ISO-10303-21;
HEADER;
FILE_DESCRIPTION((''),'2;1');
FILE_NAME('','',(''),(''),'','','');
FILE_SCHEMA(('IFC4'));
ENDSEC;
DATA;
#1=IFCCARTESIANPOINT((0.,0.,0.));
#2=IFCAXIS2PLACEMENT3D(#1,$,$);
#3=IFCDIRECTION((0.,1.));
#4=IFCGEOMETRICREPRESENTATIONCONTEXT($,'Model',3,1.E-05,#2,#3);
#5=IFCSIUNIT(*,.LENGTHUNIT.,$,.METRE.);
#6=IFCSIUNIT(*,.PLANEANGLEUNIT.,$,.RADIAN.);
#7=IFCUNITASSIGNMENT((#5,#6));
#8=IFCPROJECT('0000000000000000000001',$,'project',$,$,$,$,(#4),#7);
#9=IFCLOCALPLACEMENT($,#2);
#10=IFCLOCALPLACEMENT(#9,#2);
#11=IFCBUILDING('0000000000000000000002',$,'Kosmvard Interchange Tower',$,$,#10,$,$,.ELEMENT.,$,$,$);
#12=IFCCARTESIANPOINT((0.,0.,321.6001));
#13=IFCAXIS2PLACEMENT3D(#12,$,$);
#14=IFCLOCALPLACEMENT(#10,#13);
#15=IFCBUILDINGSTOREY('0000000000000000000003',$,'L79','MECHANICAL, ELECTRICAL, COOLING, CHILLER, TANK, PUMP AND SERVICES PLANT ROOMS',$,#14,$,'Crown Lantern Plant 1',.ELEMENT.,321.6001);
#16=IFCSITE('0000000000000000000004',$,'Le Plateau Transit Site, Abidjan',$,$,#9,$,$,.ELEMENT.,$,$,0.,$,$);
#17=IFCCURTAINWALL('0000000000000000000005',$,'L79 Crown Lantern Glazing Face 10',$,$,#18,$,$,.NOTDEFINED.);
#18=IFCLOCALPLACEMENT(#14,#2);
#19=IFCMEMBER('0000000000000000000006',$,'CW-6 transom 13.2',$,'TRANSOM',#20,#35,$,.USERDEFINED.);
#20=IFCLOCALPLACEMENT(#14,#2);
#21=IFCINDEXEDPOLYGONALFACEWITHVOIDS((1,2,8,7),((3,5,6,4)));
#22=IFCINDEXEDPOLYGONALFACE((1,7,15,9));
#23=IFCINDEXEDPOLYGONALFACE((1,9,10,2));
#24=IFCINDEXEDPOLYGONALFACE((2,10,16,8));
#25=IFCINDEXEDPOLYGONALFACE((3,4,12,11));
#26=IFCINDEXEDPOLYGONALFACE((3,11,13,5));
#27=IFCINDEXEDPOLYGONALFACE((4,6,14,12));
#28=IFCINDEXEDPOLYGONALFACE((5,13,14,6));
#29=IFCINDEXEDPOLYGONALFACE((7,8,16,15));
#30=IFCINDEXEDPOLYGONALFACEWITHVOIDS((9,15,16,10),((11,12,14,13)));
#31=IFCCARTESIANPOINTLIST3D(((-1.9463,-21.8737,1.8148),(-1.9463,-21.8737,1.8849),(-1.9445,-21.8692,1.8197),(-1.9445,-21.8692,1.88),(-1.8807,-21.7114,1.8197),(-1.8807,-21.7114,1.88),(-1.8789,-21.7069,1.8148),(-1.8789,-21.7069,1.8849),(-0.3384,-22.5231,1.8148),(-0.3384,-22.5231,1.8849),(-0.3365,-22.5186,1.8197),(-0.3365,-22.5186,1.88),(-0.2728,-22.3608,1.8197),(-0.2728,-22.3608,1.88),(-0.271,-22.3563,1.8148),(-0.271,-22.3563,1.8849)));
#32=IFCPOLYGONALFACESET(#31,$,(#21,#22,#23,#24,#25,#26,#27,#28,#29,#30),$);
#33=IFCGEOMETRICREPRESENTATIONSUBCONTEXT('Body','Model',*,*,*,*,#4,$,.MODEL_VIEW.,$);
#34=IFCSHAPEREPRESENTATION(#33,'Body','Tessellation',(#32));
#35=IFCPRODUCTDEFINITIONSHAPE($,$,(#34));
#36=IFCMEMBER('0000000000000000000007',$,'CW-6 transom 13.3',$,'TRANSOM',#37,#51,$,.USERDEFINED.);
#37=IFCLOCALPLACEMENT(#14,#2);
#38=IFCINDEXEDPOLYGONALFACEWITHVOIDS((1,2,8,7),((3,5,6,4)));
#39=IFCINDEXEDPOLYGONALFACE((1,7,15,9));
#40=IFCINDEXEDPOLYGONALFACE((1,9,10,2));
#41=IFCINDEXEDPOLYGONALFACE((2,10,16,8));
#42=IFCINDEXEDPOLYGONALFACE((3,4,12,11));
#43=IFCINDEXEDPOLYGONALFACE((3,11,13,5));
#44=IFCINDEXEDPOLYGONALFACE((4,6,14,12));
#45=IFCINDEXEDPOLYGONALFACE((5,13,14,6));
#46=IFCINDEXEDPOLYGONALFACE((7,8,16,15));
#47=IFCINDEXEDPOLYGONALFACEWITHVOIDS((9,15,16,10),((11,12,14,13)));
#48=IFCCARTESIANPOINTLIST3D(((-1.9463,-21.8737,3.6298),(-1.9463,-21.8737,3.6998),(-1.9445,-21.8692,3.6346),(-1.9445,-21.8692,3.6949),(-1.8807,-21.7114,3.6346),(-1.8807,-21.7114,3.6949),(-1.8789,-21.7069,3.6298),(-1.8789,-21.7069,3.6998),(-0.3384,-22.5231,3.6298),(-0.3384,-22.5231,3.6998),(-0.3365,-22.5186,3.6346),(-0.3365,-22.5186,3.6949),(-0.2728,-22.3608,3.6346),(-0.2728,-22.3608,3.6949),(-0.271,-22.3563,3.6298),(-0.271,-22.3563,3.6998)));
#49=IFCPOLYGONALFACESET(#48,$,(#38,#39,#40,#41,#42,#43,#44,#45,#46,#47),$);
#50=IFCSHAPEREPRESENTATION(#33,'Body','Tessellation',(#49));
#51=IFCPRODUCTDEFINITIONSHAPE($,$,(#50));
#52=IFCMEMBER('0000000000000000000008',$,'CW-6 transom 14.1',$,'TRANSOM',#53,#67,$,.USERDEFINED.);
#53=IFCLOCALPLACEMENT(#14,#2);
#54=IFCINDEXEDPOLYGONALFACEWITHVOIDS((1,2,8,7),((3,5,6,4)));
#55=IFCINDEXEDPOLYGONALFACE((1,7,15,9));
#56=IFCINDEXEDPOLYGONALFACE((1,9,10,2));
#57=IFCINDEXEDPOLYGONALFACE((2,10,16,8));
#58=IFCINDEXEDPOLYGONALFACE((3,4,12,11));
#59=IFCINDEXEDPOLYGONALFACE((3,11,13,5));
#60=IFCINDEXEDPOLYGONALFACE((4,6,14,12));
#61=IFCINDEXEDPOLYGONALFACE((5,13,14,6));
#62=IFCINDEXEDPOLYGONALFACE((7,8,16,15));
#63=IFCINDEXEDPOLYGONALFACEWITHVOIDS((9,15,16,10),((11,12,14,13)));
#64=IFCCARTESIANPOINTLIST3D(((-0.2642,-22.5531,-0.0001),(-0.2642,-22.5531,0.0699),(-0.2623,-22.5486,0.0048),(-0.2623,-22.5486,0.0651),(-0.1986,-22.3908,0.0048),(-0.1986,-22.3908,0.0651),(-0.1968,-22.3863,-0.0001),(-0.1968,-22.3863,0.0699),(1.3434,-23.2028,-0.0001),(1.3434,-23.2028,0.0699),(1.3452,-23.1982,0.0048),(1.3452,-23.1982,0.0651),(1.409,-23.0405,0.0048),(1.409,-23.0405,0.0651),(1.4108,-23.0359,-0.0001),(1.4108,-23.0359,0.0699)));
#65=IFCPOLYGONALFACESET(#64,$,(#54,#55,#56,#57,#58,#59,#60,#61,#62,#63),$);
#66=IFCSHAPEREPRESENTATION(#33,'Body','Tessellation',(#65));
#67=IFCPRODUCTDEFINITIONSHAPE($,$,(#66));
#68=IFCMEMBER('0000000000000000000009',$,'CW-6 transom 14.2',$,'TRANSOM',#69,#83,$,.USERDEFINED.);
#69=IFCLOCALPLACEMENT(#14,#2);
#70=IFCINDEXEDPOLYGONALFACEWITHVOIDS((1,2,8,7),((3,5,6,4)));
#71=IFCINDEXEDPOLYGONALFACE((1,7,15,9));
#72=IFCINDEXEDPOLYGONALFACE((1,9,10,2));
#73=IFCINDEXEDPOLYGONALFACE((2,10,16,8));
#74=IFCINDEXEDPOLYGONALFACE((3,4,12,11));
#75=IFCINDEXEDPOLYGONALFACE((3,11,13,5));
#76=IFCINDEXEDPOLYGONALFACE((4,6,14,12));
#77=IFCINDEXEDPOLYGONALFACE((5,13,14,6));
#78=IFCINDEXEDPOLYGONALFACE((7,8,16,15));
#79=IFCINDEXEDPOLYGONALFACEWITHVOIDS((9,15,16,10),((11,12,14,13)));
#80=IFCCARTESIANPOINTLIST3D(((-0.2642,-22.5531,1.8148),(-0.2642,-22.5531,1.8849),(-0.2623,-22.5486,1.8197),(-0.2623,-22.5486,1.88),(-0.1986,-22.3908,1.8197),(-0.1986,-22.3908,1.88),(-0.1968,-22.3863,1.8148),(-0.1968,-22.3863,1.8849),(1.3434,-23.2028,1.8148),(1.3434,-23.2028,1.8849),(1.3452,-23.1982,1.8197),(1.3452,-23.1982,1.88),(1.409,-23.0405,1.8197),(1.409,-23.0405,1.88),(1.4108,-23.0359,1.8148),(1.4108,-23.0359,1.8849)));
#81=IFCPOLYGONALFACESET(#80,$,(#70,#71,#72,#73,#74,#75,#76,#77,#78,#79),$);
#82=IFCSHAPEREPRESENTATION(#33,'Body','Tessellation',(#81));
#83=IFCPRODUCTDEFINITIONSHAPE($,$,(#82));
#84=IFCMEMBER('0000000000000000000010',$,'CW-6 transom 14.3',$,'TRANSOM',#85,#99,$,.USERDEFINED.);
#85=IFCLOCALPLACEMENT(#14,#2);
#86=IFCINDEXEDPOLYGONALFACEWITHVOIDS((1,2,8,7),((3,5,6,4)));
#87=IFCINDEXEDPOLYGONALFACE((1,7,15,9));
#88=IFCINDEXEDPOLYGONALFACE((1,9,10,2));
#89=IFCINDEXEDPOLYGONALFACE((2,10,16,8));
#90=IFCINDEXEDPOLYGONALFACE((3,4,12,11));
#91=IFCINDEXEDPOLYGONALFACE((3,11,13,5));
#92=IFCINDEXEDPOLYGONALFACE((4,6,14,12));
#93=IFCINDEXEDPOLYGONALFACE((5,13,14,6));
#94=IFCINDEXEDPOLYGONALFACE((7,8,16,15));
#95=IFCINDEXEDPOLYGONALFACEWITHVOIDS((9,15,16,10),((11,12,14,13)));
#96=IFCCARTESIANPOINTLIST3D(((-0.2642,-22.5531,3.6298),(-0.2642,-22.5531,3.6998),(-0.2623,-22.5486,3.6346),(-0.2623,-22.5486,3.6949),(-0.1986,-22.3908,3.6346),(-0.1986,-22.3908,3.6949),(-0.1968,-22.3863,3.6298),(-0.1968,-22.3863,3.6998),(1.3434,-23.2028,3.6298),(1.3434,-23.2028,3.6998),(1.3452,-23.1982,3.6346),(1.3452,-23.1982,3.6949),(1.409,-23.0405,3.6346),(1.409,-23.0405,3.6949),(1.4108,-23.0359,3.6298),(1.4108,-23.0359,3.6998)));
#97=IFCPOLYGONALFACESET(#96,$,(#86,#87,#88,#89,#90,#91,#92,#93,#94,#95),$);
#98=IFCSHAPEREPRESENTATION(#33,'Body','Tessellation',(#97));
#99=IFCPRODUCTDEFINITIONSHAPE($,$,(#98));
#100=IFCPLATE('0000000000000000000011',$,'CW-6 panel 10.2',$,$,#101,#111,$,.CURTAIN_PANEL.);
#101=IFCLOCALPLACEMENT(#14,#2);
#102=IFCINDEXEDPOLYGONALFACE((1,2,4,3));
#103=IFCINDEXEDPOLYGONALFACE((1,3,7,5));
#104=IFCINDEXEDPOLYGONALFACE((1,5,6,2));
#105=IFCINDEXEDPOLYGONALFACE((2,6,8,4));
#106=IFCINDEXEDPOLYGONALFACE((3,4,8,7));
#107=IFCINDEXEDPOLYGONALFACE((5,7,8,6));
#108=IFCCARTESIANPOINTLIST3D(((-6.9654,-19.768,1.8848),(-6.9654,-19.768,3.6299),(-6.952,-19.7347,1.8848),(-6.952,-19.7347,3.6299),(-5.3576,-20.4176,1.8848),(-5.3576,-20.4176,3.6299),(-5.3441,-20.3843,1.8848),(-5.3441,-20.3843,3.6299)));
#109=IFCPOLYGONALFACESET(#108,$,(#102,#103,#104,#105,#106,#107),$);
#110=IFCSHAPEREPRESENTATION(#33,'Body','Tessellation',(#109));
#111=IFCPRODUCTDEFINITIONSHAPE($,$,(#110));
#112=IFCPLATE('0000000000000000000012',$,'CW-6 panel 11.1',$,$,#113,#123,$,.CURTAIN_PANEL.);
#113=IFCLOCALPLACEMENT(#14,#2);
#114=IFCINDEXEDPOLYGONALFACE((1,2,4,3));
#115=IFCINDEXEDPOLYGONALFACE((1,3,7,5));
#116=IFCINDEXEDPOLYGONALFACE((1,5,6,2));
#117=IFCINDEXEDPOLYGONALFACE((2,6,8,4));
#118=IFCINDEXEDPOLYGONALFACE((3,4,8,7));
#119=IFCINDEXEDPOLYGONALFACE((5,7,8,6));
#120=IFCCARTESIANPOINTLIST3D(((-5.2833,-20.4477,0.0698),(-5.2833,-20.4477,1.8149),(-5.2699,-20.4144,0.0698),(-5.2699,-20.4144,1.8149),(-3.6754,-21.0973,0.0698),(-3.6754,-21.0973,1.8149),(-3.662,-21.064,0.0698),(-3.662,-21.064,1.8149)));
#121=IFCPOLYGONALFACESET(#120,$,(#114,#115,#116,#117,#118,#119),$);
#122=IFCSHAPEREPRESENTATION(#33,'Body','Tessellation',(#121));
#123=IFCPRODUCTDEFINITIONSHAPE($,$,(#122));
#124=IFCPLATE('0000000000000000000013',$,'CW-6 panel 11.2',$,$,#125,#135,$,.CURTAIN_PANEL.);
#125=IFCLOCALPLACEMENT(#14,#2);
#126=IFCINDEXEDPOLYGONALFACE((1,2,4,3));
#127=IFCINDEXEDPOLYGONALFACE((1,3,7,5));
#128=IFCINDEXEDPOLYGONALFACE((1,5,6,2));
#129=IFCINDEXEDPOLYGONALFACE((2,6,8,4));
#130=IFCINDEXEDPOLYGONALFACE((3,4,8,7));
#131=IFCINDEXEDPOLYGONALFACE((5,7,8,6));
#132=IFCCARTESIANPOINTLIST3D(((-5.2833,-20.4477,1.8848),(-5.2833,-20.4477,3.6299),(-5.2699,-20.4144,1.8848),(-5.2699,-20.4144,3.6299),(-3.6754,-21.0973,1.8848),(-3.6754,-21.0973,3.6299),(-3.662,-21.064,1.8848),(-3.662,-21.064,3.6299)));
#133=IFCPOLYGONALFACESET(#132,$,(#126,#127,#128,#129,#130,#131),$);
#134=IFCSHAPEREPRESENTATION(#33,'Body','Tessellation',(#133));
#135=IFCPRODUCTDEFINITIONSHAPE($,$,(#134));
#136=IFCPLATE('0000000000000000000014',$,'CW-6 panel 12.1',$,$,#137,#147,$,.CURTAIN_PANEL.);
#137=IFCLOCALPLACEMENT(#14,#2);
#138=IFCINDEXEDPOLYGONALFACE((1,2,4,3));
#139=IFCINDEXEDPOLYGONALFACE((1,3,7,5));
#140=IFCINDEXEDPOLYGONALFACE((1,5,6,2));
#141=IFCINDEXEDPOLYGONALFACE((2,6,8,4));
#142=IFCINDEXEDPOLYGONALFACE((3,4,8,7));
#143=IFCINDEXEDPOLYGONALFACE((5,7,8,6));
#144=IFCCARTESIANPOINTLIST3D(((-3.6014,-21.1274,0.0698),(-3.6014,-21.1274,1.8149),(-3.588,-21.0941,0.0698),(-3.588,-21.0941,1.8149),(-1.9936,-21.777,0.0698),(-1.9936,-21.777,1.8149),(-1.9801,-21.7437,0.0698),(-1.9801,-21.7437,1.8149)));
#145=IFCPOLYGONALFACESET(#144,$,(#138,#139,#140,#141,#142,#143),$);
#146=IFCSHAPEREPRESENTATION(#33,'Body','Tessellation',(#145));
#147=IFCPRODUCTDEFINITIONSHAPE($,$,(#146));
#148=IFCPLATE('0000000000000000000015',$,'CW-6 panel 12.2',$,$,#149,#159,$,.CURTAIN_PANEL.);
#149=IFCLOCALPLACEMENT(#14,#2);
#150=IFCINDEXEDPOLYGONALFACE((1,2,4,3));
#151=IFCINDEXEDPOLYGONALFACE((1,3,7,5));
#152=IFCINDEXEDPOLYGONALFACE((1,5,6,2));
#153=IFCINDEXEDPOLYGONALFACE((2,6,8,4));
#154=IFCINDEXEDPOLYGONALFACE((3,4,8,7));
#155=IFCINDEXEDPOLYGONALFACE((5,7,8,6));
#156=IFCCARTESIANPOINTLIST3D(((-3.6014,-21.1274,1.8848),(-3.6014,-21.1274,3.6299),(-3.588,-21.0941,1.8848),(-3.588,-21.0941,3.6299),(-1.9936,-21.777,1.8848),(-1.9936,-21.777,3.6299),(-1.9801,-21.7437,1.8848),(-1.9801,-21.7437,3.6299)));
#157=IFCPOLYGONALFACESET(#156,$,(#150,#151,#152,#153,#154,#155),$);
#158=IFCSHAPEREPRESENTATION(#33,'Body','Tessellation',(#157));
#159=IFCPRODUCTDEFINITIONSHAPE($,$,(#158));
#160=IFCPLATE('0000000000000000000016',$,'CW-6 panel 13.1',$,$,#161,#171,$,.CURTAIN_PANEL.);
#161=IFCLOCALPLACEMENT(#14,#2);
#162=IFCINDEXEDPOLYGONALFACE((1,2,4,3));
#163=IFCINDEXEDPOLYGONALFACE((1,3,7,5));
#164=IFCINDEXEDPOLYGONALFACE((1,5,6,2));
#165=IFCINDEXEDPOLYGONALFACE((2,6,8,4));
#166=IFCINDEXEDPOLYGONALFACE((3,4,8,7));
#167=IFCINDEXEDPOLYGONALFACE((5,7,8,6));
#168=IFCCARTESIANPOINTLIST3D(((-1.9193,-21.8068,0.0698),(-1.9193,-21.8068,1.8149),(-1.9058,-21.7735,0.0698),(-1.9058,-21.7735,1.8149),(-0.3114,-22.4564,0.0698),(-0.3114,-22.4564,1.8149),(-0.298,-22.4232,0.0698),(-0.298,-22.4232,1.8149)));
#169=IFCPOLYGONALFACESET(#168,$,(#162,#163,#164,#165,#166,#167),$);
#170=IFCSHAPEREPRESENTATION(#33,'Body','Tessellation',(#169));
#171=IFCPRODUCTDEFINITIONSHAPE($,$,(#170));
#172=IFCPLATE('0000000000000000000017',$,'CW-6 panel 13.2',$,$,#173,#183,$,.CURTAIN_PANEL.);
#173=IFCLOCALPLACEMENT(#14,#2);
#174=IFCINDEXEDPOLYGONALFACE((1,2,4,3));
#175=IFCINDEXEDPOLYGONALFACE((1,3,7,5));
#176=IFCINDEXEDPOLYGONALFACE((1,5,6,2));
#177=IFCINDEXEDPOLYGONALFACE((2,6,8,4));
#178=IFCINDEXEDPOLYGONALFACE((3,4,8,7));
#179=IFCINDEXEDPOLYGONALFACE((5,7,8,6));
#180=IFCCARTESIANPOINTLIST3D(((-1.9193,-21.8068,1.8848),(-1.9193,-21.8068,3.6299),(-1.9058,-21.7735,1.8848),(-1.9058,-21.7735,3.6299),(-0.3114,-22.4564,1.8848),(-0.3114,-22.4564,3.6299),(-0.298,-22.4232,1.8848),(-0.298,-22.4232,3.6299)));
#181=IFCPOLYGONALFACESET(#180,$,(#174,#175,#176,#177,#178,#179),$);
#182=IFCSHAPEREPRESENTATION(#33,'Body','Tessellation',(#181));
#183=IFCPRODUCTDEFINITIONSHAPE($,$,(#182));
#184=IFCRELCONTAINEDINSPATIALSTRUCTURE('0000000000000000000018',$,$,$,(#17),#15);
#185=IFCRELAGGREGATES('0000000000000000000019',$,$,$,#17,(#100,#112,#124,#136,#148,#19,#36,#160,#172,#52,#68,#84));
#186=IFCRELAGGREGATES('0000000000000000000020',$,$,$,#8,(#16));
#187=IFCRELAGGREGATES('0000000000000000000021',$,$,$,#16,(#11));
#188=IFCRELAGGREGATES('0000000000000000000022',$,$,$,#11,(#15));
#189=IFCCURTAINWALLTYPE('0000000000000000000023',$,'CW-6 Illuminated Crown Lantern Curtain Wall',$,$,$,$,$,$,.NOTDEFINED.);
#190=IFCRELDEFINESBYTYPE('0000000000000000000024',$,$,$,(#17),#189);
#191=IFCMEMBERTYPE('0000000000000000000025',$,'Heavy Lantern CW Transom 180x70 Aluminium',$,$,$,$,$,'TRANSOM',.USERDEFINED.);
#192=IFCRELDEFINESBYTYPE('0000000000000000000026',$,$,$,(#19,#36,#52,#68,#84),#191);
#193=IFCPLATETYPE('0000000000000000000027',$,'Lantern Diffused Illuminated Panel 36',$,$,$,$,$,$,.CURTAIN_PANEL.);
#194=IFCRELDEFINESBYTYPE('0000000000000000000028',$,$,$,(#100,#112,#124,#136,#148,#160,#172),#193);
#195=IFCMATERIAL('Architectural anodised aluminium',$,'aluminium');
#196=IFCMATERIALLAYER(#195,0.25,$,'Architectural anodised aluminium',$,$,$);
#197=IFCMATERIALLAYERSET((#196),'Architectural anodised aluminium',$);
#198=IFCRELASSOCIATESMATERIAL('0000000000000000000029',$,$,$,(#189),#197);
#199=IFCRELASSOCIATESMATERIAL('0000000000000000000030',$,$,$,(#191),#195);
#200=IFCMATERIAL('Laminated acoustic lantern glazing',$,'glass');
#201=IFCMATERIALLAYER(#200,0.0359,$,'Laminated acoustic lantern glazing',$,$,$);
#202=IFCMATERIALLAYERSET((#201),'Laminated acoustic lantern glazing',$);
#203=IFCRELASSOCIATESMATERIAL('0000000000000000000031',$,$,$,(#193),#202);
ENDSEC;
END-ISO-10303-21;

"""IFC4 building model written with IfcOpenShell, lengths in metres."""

from ifc_helpers import new_model, si_unit, direction, frame, origin, origin_2d, place, context, subcontext, project, spatial, rectangle, hollow_rectangle, extrude, source, transform, mapped, material, layer, layer_set, material_profile, profile_set, type_object, element, aggregate, save


model = new_model("IFC4")

# Units and contexts
model_context = context("Model", 3, precision=1e-05, world=origin(), true_north=direction((0.0, 1.0)))
body_context = subcontext(model_context, "Body", "Model", "MODEL_VIEW")
ifc_project = project(units=[si_unit("LENGTHUNIT", "METRE"), si_unit("PLANEANGLEUNIT", "RADIAN")], contexts=[model_context])

# Site, building, storey
site_placement = place(None, origin())
site = spatial("IfcSite", under=ifc_project, at=site_placement, Name="Le Plateau Transit Site, Abidjan", CompositionType="ELEMENT", RefElevation=0.0)
building_placement = place(site_placement, origin())
building = spatial("IfcBuilding", under=site, at=building_placement, Name="Kosmvard Interchange Tower", CompositionType="ELEMENT")
storey_placement = place(building_placement, frame((0.0, 0.0, 321.6001)))
storey = spatial("IfcBuildingStorey", under=building, at=storey_placement, Name="L79", Description="MECHANICAL, ELECTRICAL, COOLING, CHILLER, TANK, PUMP AND SERVICES PLANT ROOMS", LongName="Crown Lantern Plant 1", CompositionType="ELEMENT", Elevation=321.6001)

# Curtain wall, members, plates
ifc_material_1 = material(Name="Architectural anodised aluminium", Category="aluminium")
ifc_layer_1 = layer(ifc_material_1, 0.25, Name="Architectural anodised aluminium")
ifc_layer_set_1 = layer_set([ifc_layer_1], Name="Architectural anodised aluminium")
curtain_wall_type = type_object("IfcCurtainWallType", Name="CW-6 Illuminated Crown Lantern Curtain Wall", PredefinedType="NOTDEFINED", material=ifc_layer_set_1)
curtain_wall_placement = place(storey_placement, origin())
curtain_wall = element("IfcCurtainWall", 1, at=curtain_wall_placement, inside=storey, type_object=curtain_wall_type, Name="L79 Crown Lantern Glazing Face 10", PredefinedType="NOTDEFINED")
ifc_material_profile_1 = material_profile(ifc_material_1, hollow_rectangle(XDim=0.1799, YDim=0.0701, WallThickness=0.0049, at=origin_2d()), Name="CWT 180x70x5")
ifc_profile_set_1 = profile_set([ifc_material_profile_1], Name="Architectural anodised aluminium")
member_type_1 = type_object("IfcMemberType", Name="Heavy Lantern CW Transom 180x70 Aluminium", ElementType="TRANSOM", PredefinedType="USERDEFINED", material=ifc_profile_set_1)
shared_shape_1 = source(origin(), body_context, "Body", "SweptSolid", [
    extrude(hollow_rectangle(XDim=0.1799, YDim=0.0701, WallThickness=0.0049, at=origin_2d()), origin(), (0.0, 0.0, 1.0), 1.7341),
])
member_1_placement = place(storey_placement, frame((-1.9126, -21.7903, 1.8499), z_axis=(0.927229, -0.374496, 0.0), x_axis=(0.374496, 0.927229, 0.0)))
member_1 = element("IfcMember", 2, at=member_1_placement, type_object=member_type_1, Name="CW-6 transom 13.2", ObjectType="TRANSOM", PredefinedType="USERDEFINED", context=body_context, shape_type="MappedRepresentation", body=[
    mapped(shared_shape_1, transform((0.0, 0.0, 0.0), scale=1.0)),
])
member_2_placement = place(storey_placement, frame((-1.9126, -21.7903, 3.6648), z_axis=(0.927229, -0.374496, 0.0), x_axis=(0.374496, 0.927229, 0.0)))
member_2 = element("IfcMember", 3, at=member_2_placement, type_object=member_type_1, Name="CW-6 transom 13.3", ObjectType="TRANSOM", PredefinedType="USERDEFINED", context=body_context, shape_type="MappedRepresentation", body=[
    mapped(shared_shape_1, transform((0.0, 0.0, 0.0), scale=1.0)),
])
shared_shape_2 = source(origin(), body_context, "Body", "SweptSolid", [
    extrude(hollow_rectangle(XDim=0.1799, YDim=0.0701, WallThickness=0.0049, at=origin_2d()), origin(), (0.0, 0.0, 1.0), 1.7339),
])
member_3_placement = place(storey_placement, frame((-0.2305, -22.4697, 0.0349), z_axis=(0.92716, -0.374666, 0.0), x_axis=(0.374666, 0.92716, 0.0)))
member_3 = element("IfcMember", 4, at=member_3_placement, type_object=member_type_1, Name="CW-6 transom 14.1", ObjectType="TRANSOM", PredefinedType="USERDEFINED", context=body_context, shape_type="MappedRepresentation", body=[
    mapped(shared_shape_2, transform((0.0, 0.0, 0.0), scale=1.0)),
])
member_4_placement = place(storey_placement, frame((-0.2305, -22.4697, 1.8499), z_axis=(0.92716, -0.374666, 0.0), x_axis=(0.374666, 0.92716, 0.0)))
member_4 = element("IfcMember", 5, at=member_4_placement, type_object=member_type_1, Name="CW-6 transom 14.2", ObjectType="TRANSOM", PredefinedType="USERDEFINED", context=body_context, shape_type="MappedRepresentation", body=[
    mapped(shared_shape_2, transform((0.0, 0.0, 0.0), scale=1.0)),
])
member_5_placement = place(storey_placement, frame((-0.2305, -22.4697, 3.6648), z_axis=(0.92716, -0.374666, 0.0), x_axis=(0.374666, 0.92716, 0.0)))
member_5 = element("IfcMember", 6, at=member_5_placement, type_object=member_type_1, Name="CW-6 transom 14.3", ObjectType="TRANSOM", PredefinedType="USERDEFINED", context=body_context, shape_type="MappedRepresentation", body=[
    mapped(shared_shape_2, transform((0.0, 0.0, 0.0), scale=1.0)),
])
ifc_material_2 = material(Name="Laminated acoustic lantern glazing", Category="glass")
ifc_layer_2 = layer(ifc_material_2, 0.0359, Name="Laminated acoustic lantern glazing")
ifc_layer_set_2 = layer_set([ifc_layer_2], Name="Laminated acoustic lantern glazing")
plate_type = type_object("IfcPlateType", Name="Lantern Diffused Illuminated Panel 36", PredefinedType="CURTAIN_PANEL", material=ifc_layer_set_2)
shared_shape_3 = source(origin(), body_context, "Body", "SweptSolid", [
    extrude(rectangle(XDim=1.7341, YDim=0.0359, at=origin_2d()), origin(), (0.0, 0.0, 1.0), 1.7451),
])
plate_1_placement = place(storey_placement, frame((-6.1548, -20.0762, 1.8848), z_axis=(0.0, 0.0, 1.0), x_axis=(0.927184, -0.374607, 0.0)))
plate_1 = element("IfcPlate", 7, at=plate_1_placement, type_object=plate_type, Name="CW-6 panel 10.2", PredefinedType="CURTAIN_PANEL", context=body_context, shape_type="MappedRepresentation", body=[
    mapped(shared_shape_3, transform((0.0, 0.0, 0.0), scale=1.0)),
])
plate_2_placement = place(storey_placement, frame((-4.4727, -20.7559, 0.0698), z_axis=(0.0, 0.0, 1.0), x_axis=(0.927184, -0.374607, 0.0)))
plate_2 = element("IfcPlate", 8, at=plate_2_placement, type_object=plate_type, Name="CW-6 panel 11.1", PredefinedType="CURTAIN_PANEL", context=body_context, shape_type="MappedRepresentation", body=[
    mapped(shared_shape_3, transform((0.0, 0.0, 0.0), scale=1.0)),
])
plate_3_placement = place(storey_placement, frame((-4.4727, -20.7559, 1.8848), z_axis=(0.0, 0.0, 1.0), x_axis=(0.927184, -0.374607, 0.0)))
plate_3 = element("IfcPlate", 9, at=plate_3_placement, type_object=plate_type, Name="CW-6 panel 11.2", PredefinedType="CURTAIN_PANEL", context=body_context, shape_type="MappedRepresentation", body=[
    mapped(shared_shape_3, transform((0.0, 0.0, 0.0), scale=1.0)),
])
plate_4_placement = place(storey_placement, frame((-2.7908, -21.4355, 0.0698), z_axis=(0.0, 0.0, 1.0), x_axis=(0.927184, -0.374607, 0.0)))
plate_4 = element("IfcPlate", 10, at=plate_4_placement, type_object=plate_type, Name="CW-6 panel 12.1", PredefinedType="CURTAIN_PANEL", context=body_context, shape_type="MappedRepresentation", body=[
    mapped(shared_shape_3, transform((0.0, 0.0, 0.0), scale=1.0)),
])
plate_5_placement = place(storey_placement, frame((-2.7908, -21.4355, 1.8848), z_axis=(0.0, 0.0, 1.0), x_axis=(0.927184, -0.374607, 0.0)))
plate_5 = element("IfcPlate", 11, at=plate_5_placement, type_object=plate_type, Name="CW-6 panel 12.2", PredefinedType="CURTAIN_PANEL", context=body_context, shape_type="MappedRepresentation", body=[
    mapped(shared_shape_3, transform((0.0, 0.0, 0.0), scale=1.0)),
])
plate_6_placement = place(storey_placement, frame((-1.1086, -22.115, 0.0698), z_axis=(0.0, 0.0, 1.0), x_axis=(0.927184, -0.374607, 0.0)))
plate_6 = element("IfcPlate", 12, at=plate_6_placement, type_object=plate_type, Name="CW-6 panel 13.1", PredefinedType="CURTAIN_PANEL", context=body_context, shape_type="MappedRepresentation", body=[
    mapped(shared_shape_3, transform((0.0, 0.0, 0.0), scale=1.0)),
])
plate_7_placement = place(storey_placement, frame((-1.1086, -22.115, 1.8848), z_axis=(0.0, 0.0, 1.0), x_axis=(0.927184, -0.374607, 0.0)))
plate_7 = element("IfcPlate", 13, at=plate_7_placement, type_object=plate_type, Name="CW-6 panel 13.2", PredefinedType="CURTAIN_PANEL", context=body_context, shape_type="MappedRepresentation", body=[
    mapped(shared_shape_3, transform((0.0, 0.0, 0.0), scale=1.0)),
])
aggregate(curtain_wall, [plate_1, plate_2, plate_3, plate_4, plate_5, member_1, member_2, plate_6, plate_7, member_3, member_4, member_5])

save(model, "model.ifc")
